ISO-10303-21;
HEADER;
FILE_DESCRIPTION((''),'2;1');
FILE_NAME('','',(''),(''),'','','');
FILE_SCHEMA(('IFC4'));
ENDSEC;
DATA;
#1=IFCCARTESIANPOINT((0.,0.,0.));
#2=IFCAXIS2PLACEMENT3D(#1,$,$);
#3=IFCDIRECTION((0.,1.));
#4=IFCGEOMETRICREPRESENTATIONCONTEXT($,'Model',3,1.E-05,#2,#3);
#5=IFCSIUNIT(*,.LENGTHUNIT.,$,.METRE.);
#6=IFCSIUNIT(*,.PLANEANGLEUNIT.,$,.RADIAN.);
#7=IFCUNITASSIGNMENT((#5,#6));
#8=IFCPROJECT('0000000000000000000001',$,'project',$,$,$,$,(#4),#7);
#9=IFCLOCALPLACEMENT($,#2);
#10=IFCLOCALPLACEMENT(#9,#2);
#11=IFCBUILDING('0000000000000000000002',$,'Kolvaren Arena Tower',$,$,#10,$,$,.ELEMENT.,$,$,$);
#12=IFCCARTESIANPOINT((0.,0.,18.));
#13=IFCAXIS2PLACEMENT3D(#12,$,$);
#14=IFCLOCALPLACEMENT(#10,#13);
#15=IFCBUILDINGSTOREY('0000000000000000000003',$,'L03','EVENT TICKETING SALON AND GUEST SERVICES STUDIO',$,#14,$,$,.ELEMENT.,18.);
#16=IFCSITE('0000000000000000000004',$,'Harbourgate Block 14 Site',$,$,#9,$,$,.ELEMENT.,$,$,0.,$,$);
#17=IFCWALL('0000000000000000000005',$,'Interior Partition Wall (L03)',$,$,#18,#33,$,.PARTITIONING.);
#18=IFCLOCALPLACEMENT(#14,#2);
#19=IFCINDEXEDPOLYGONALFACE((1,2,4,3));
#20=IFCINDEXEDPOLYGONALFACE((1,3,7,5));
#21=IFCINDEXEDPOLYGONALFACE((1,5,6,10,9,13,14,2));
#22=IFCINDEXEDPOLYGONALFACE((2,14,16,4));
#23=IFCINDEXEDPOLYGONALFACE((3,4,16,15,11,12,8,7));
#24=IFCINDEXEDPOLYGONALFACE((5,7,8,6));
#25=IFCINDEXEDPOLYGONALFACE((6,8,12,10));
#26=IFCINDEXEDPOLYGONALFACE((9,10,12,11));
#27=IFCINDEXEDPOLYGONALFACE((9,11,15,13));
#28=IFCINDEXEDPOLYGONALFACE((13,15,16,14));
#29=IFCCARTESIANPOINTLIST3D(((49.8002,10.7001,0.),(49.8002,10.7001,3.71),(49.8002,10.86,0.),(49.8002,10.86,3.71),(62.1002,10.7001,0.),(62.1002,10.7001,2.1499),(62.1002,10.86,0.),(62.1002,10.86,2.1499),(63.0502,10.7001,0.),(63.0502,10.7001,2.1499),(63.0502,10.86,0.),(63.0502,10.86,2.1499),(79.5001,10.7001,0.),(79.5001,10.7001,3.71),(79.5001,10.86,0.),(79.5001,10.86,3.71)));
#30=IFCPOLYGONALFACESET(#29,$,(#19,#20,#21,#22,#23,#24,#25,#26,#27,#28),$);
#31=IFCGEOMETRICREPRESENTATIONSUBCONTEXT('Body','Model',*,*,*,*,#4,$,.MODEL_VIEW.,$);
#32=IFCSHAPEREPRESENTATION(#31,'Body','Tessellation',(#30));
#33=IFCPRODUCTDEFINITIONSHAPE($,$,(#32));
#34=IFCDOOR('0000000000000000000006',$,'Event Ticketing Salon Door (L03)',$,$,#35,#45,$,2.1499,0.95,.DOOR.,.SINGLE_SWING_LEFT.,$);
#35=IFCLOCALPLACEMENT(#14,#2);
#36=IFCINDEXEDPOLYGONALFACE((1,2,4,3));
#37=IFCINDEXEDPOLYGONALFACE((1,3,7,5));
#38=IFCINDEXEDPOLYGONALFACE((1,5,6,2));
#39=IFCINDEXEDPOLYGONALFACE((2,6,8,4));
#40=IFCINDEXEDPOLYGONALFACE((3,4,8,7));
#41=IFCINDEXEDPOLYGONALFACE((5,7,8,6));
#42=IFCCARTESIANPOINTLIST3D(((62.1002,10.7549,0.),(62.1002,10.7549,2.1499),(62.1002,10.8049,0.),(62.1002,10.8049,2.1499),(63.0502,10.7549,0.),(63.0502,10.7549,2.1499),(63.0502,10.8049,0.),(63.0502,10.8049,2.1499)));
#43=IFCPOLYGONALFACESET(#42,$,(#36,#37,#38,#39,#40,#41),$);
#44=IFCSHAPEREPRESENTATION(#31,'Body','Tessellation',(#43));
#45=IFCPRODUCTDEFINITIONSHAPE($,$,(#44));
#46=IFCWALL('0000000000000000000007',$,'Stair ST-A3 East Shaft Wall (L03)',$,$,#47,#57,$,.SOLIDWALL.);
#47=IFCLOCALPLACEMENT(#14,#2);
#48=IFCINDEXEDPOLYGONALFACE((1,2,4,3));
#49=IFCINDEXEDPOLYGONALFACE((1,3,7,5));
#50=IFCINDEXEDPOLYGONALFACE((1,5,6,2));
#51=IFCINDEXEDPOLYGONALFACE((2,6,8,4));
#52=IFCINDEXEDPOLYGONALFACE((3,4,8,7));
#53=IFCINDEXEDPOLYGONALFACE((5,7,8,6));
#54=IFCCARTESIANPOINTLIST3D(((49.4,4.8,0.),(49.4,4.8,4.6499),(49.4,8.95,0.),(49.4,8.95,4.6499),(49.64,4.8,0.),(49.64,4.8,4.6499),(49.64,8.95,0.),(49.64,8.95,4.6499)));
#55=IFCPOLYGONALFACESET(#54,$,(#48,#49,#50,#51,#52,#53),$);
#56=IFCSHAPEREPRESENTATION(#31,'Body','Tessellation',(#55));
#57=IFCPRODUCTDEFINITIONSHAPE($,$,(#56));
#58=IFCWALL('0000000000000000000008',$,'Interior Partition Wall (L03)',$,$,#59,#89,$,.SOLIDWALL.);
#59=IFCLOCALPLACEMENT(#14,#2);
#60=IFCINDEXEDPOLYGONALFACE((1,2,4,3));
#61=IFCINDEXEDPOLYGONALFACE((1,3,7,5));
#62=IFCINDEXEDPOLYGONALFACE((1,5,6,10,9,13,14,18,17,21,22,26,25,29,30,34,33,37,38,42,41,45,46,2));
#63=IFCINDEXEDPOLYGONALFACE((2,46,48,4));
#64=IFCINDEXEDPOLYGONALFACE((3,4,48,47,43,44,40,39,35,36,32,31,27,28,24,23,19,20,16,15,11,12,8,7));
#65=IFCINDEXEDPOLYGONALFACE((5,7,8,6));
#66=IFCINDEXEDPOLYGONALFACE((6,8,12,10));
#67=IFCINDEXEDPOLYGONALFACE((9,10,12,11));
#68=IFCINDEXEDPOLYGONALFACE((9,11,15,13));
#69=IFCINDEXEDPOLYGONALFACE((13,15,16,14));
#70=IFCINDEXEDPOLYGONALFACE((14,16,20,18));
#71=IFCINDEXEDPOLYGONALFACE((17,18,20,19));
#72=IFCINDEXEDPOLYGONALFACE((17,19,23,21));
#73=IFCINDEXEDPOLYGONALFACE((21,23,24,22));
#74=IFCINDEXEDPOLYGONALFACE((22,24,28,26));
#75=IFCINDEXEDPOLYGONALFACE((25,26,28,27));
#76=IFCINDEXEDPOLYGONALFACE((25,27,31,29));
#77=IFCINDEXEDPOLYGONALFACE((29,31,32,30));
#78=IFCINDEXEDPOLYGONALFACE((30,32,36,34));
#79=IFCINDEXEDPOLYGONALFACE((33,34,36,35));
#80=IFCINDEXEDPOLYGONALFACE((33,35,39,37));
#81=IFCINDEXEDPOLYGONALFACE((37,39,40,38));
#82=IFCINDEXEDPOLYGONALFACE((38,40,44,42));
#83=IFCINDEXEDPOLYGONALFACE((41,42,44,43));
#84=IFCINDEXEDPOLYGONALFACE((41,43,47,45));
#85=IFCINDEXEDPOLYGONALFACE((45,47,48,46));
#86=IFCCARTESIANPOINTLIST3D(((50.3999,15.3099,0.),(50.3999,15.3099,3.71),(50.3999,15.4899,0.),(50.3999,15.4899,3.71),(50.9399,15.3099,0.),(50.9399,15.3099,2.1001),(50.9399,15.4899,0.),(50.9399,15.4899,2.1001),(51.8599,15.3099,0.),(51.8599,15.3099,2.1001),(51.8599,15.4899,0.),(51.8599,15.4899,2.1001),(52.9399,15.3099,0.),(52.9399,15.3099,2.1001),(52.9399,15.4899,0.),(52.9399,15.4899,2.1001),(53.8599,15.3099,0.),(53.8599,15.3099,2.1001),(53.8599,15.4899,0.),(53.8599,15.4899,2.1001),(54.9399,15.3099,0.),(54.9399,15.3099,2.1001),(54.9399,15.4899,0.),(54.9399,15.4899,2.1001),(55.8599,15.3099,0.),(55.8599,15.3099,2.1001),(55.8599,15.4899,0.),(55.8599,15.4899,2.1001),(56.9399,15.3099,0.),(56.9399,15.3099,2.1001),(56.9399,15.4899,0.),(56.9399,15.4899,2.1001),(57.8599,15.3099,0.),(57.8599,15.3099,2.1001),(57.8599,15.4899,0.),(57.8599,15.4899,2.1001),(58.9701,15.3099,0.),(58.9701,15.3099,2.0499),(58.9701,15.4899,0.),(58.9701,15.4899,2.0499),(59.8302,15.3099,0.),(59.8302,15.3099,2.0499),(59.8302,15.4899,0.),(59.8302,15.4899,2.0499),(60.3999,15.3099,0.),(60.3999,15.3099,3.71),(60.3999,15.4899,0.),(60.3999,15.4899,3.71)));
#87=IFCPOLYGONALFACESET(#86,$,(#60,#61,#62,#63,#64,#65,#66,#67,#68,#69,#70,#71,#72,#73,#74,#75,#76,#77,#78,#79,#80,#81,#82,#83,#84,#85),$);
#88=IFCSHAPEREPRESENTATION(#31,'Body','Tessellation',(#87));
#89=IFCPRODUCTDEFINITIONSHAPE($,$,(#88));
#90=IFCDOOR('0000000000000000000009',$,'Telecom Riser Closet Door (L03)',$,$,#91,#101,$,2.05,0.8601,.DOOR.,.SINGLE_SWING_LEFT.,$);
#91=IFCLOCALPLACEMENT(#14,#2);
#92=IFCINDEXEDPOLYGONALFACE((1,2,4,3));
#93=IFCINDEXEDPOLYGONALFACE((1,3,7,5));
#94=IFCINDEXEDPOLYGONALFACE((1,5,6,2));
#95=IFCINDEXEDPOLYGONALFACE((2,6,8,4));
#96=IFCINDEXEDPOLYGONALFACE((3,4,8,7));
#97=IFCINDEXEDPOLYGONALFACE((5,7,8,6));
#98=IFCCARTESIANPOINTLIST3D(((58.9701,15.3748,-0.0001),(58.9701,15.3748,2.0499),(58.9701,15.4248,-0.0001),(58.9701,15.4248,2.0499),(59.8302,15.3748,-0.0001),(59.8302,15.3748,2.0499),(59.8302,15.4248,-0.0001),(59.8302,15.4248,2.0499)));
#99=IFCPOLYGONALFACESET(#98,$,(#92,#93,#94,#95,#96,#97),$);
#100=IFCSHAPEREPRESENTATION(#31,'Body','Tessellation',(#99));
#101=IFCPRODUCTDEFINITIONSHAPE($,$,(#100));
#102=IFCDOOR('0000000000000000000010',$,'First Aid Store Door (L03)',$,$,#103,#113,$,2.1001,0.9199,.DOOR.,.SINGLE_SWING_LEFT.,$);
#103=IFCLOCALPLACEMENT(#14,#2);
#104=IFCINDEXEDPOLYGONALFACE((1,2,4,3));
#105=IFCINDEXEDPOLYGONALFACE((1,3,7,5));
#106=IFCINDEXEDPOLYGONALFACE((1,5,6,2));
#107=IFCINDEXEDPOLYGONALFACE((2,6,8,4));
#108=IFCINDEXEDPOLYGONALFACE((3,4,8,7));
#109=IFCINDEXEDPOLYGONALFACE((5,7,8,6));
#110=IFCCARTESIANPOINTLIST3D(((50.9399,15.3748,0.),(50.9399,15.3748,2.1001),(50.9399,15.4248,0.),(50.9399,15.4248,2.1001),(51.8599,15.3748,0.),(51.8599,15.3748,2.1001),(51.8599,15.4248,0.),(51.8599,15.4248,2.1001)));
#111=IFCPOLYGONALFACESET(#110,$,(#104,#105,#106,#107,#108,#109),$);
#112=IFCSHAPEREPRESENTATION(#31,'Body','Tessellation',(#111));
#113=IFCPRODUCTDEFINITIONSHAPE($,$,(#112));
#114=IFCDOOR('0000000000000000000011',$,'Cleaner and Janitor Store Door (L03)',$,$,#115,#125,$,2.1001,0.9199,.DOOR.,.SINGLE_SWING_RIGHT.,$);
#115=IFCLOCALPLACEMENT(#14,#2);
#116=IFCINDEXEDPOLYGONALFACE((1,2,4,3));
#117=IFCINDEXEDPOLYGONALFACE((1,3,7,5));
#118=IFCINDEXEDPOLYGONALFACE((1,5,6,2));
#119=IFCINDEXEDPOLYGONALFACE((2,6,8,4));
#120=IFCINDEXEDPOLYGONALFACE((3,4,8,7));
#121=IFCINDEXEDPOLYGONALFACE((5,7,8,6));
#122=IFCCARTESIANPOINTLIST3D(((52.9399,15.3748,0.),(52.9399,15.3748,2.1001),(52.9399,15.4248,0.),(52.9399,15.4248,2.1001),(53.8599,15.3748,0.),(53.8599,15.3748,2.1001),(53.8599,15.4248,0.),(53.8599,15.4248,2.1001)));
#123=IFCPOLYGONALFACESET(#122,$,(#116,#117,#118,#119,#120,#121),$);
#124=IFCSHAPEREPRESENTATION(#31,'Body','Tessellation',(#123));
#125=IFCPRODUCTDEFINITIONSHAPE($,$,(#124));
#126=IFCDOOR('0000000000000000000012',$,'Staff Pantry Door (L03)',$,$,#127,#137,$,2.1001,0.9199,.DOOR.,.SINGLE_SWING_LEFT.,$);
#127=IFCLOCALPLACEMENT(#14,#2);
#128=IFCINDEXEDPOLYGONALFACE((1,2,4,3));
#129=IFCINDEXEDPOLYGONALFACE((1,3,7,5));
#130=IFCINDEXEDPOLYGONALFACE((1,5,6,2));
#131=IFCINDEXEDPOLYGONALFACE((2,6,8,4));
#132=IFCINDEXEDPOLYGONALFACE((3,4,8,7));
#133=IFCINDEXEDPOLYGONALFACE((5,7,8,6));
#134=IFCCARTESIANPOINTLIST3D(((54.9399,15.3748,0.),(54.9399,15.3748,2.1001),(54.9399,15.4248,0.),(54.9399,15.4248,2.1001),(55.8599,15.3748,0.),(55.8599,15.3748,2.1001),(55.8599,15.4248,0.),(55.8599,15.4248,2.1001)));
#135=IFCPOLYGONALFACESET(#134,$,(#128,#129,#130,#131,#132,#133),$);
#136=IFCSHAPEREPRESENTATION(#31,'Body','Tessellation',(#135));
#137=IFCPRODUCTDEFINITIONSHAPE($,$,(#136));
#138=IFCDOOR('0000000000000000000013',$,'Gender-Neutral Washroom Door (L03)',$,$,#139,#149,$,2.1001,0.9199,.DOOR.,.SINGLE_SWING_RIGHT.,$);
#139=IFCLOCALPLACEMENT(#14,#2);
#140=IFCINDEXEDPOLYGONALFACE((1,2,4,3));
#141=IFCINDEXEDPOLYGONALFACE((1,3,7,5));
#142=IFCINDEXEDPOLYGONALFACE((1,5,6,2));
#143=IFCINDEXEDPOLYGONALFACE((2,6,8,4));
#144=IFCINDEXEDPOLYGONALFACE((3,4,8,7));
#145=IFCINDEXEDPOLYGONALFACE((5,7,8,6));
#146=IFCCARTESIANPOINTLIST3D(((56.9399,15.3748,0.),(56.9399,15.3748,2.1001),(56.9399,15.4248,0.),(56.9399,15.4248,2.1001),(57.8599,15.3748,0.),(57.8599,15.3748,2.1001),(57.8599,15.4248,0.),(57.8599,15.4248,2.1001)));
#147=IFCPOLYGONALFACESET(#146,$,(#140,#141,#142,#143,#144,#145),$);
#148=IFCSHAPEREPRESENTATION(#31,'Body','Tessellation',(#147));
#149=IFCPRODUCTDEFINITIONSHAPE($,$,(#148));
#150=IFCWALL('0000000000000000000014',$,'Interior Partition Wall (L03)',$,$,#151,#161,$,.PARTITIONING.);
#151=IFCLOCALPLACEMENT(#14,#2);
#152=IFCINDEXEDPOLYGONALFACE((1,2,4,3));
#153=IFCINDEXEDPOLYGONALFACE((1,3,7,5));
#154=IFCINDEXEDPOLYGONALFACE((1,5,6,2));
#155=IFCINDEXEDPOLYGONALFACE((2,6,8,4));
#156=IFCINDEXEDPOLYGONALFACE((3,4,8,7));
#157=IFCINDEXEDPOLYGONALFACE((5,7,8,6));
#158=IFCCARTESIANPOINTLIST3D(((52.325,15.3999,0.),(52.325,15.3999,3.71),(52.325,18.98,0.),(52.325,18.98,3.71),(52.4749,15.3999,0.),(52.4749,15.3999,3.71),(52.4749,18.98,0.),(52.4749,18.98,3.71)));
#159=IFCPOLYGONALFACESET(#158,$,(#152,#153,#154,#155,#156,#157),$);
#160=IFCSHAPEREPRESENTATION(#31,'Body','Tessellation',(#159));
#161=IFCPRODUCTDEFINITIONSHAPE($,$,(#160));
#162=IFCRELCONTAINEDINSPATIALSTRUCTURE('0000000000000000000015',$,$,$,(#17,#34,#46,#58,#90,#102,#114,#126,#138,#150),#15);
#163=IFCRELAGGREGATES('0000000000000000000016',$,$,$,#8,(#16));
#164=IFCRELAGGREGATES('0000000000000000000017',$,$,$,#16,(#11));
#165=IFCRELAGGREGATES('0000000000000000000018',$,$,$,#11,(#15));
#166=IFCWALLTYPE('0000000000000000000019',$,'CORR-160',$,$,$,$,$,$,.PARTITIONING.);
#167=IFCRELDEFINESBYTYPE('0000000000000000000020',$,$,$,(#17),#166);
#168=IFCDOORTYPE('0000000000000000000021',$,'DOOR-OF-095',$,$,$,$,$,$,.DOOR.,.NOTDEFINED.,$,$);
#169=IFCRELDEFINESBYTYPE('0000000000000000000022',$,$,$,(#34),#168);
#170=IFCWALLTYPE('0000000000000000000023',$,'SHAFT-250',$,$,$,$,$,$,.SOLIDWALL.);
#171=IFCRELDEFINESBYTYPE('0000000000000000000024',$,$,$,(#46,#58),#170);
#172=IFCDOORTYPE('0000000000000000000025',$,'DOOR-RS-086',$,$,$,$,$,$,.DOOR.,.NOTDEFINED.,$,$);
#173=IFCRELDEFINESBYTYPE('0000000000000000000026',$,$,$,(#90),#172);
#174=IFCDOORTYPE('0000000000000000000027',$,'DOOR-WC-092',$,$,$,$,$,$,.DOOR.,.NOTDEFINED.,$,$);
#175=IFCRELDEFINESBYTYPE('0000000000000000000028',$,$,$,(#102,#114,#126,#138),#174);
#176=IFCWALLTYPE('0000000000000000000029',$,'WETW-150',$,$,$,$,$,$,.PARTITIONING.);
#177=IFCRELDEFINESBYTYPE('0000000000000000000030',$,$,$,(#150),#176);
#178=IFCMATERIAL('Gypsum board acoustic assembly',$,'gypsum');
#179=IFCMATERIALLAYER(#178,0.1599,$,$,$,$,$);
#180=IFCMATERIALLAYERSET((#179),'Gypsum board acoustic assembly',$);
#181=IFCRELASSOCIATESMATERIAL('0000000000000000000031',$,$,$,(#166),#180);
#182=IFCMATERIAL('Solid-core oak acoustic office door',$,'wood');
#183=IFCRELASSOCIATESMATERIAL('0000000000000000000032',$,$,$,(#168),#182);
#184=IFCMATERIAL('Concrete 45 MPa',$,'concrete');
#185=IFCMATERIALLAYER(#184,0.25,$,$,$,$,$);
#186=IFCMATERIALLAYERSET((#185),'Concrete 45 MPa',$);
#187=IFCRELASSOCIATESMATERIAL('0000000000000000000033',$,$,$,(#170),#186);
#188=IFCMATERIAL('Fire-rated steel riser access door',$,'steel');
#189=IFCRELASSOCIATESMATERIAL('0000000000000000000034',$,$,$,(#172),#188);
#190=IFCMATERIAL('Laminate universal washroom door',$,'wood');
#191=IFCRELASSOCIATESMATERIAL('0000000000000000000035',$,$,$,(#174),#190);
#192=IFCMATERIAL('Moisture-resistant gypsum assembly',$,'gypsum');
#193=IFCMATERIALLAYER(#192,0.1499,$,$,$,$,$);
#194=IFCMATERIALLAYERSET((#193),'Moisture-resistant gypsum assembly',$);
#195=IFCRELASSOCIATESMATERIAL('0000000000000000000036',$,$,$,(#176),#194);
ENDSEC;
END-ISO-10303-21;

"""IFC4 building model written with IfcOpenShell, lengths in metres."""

from ifc_helpers import new_model, si_unit, direction, frame, frame_2d, origin, place, context, subcontext, project, spatial, rectangle, extrude, material, layer, layer_set, type_object, element, fill, save


model = new_model("IFC4")

# Units and contexts
model_context = context("Model", 3, precision=1e-05, world=origin(), true_north=direction((0.0, 1.0)))
body_context = subcontext(model_context, "Body", "Model", "MODEL_VIEW")
ifc_project = project(units=[si_unit("LENGTHUNIT", "METRE"), si_unit("PLANEANGLEUNIT", "RADIAN")], contexts=[model_context])

# Site, building, storey
site_placement = place(None, origin())
site = spatial("IfcSite", under=ifc_project, at=site_placement, Name="Harbourgate Block 14 Site", CompositionType="ELEMENT", RefElevation=0.0)
building_placement = place(site_placement, origin())
building = spatial("IfcBuilding", under=site, at=building_placement, Name="Kolvaren Arena Tower", CompositionType="ELEMENT")
storey_placement = place(building_placement, frame((0.0, 0.0, 18.0)))
storey = spatial("IfcBuildingStorey", under=building, at=storey_placement, Name="L03", Description="EVENT TICKETING SALON AND GUEST SERVICES STUDIO", CompositionType="ELEMENT", Elevation=18.0)

# Wall, opening, door
ifc_material_1 = material(Name="Gypsum board acoustic assembly", Category="gypsum")
ifc_layer_1 = layer(ifc_material_1, 0.1599)
ifc_layer_set_1 = layer_set([ifc_layer_1], Name="Gypsum board acoustic assembly")
wall_type_1 = type_object("IfcWallType", Name="CORR-160", PredefinedType="PARTITIONING", material=ifc_layer_set_1)
wall_1_placement = place(storey_placement, frame((49.8, 10.78, 0.0), z_axis=(0.0, 0.0, 1.0), x_axis=(1.0, 0.0, 0.0)))
wall_1 = element("IfcWall", 1, at=wall_1_placement, inside=storey, type_object=wall_type_1, Name="Interior Partition Wall (L03)", PredefinedType="PARTITIONING", context=body_context, shape_type="SweptSolid", body=[
    extrude(rectangle(XDim=29.7, YDim=0.1599, at=frame_2d((14.8501, 0.0))), origin(), (0.0, 0.0, 1.0), 3.71),
])
opening_1_placement = place(wall_1_placement, frame((12.3, 0.0, 0.0)))
opening_1 = element("IfcOpeningElement", 2, at=opening_1_placement, cuts=wall_1, PredefinedType="OPENING", context=body_context, shape_type="SweptSolid", body=[
    extrude(rectangle(XDim=0.95, YDim=2.1499, at=frame_2d((0.4751, 1.075))), frame((0.0, 0.0898, 0.0), z_axis=(0.0, -1.0, 0.0), x_axis=(1.0, 0.0, 0.0)), (0.0, 0.0, 1.0), 0.1799),
])
ifc_material_2 = material(Name="Solid-core oak acoustic office door", Category="wood")
door_type_1 = type_object("IfcDoorType", Name="DOOR-OF-095", OperationType="NOTDEFINED", PredefinedType="DOOR", material=ifc_material_2)
door_1_placement = place(opening_1_placement, origin())
door_1 = element("IfcDoor", 3, at=door_1_placement, inside=storey, type_object=door_type_1, Name="Event Ticketing Salon Door (L03)", OperationType="SINGLE_SWING_LEFT", OverallHeight=2.1499, OverallWidth=0.95, PredefinedType="DOOR", context=body_context, shape_type="SweptSolid", body=[
    extrude(rectangle(XDim=0.95, YDim=2.1499, at=frame_2d((0.4751, 1.075))), frame((0.0, 0.0249, 0.0), z_axis=(0.0, -1.0, 0.0), x_axis=(1.0, 0.0, 0.0)), (0.0, 0.0, 1.0), 0.05),
])
fill(opening_1, door_1)

# Wall
ifc_material_3 = material(Name="Concrete 45 MPa", Category="concrete")
ifc_layer_2 = layer(ifc_material_3, 0.25)
ifc_layer_set_2 = layer_set([ifc_layer_2], Name="Concrete 45 MPa")
wall_type_2 = type_object("IfcWallType", Name="SHAFT-250", PredefinedType="SOLIDWALL", material=ifc_layer_set_2)
wall_2_placement = place(storey_placement, frame((49.52, 4.8, 0.0), z_axis=(0.0, 0.0, 1.0), x_axis=(0.0, 1.0, 0.0)))
element("IfcWall", 4, at=wall_2_placement, inside=storey, type_object=wall_type_2, Name="Stair ST-A3 East Shaft Wall (L03)", PredefinedType="SOLIDWALL", context=body_context, shape_type="SweptSolid", body=[
    extrude(rectangle(XDim=4.1499, YDim=0.24, at=frame_2d((2.075, 0.0))), origin(), (0.0, 0.0, 1.0), 4.6499),
])

# Wall, openings, doors
wall_3_placement = place(storey_placement, frame((50.3999, 15.3999, 0.0), z_axis=(0.0, 0.0, 1.0), x_axis=(1.0, 0.0, 0.0)))
wall_3 = element("IfcWall", 5, at=wall_3_placement, inside=storey, type_object=wall_type_2, Name="Interior Partition Wall (L03)", PredefinedType="SOLIDWALL", context=body_context, shape_type="SweptSolid", body=[
    extrude(rectangle(XDim=10.0, YDim=0.1799, at=frame_2d((5.0, 0.0))), origin(), (0.0, 0.0, 1.0), 3.71),
])
opening_2_placement = place(wall_3_placement, frame((0.54, 0.0, 0.0)))
opening_2 = element("IfcOpeningElement", 6, at=opening_2_placement, cuts=wall_3, PredefinedType="OPENING", context=body_context, shape_type="SweptSolid", body=[
    extrude(rectangle(XDim=0.9199, YDim=2.1001, at=frame_2d((0.46, 1.05))), frame((0.0, 0.0999, 0.0), z_axis=(0.0, -1.0, 0.0), x_axis=(1.0, 0.0, 0.0)), (0.0, 0.0, 1.0), 0.2),
])
opening_3_placement = place(wall_3_placement, frame((2.54, 0.0, 0.0)))
opening_3 = element("IfcOpeningElement", 7, at=opening_3_placement, cuts=wall_3, PredefinedType="OPENING", context=body_context, shape_type="SweptSolid", body=[
    extrude(rectangle(XDim=0.9199, YDim=2.1001, at=frame_2d((0.46, 1.05))), frame((0.0, 0.0999, 0.0), z_axis=(0.0, -1.0, 0.0), x_axis=(1.0, 0.0, 0.0)), (0.0, 0.0, 1.0), 0.2),
])
opening_4_placement = place(wall_3_placement, frame((4.54, 0.0, 0.0)))
opening_4 = element("IfcOpeningElement", 8, at=opening_4_placement, cuts=wall_3, PredefinedType="OPENING", context=body_context, shape_type="SweptSolid", body=[
    extrude(rectangle(XDim=0.9199, YDim=2.1001, at=frame_2d((0.46, 1.05))), frame((0.0, 0.0999, 0.0), z_axis=(0.0, -1.0, 0.0), x_axis=(1.0, 0.0, 0.0)), (0.0, 0.0, 1.0), 0.2),
])
opening_5_placement = place(wall_3_placement, frame((6.54, 0.0, 0.0)))
opening_5 = element("IfcOpeningElement", 9, at=opening_5_placement, cuts=wall_3, PredefinedType="OPENING", context=body_context, shape_type="SweptSolid", body=[
    extrude(rectangle(XDim=0.9199, YDim=2.1001, at=frame_2d((0.46, 1.05))), frame((0.0, 0.0999, 0.0), z_axis=(0.0, -1.0, 0.0), x_axis=(1.0, 0.0, 0.0)), (0.0, 0.0, 1.0), 0.2),
])
opening_6_placement = place(wall_3_placement, frame((8.5701, 0.0, 0.0)))
opening_6 = element("IfcOpeningElement", 10, at=opening_6_placement, cuts=wall_3, PredefinedType="OPENING", context=body_context, shape_type="SweptSolid", body=[
    extrude(rectangle(XDim=0.8601, YDim=2.05, at=frame_2d((0.4302, 1.0249))), frame((0.0, 0.0999, 0.0), z_axis=(0.0, -1.0, 0.0), x_axis=(1.0, 0.0, 0.0)), (0.0, 0.0, 1.0), 0.2),
])
ifc_material_4 = material(Name="Fire-rated steel riser access door", Category="steel")
door_type_2 = type_object("IfcDoorType", Name="DOOR-RS-086", OperationType="NOTDEFINED", PredefinedType="DOOR", material=ifc_material_4)
door_2_placement = place(opening_6_placement, origin())
door_2 = element("IfcDoor", 11, at=door_2_placement, inside=storey, type_object=door_type_2, Name="Telecom Riser Closet Door (L03)", OperationType="SINGLE_SWING_LEFT", OverallHeight=2.05, OverallWidth=0.8601, PredefinedType="DOOR", context=body_context, shape_type="SweptSolid", body=[
    extrude(rectangle(XDim=0.8601, YDim=2.05, at=frame_2d((0.4302, 1.0249))), frame((0.0, 0.0249, 0.0), z_axis=(0.0, -1.0, 0.0), x_axis=(1.0, 0.0, 0.0)), (0.0, 0.0, 1.0), 0.05),
])
fill(opening_6, door_2)
ifc_material_5 = material(Name="Laminate universal washroom door", Category="wood")
door_type_3 = type_object("IfcDoorType", Name="DOOR-WC-092", OperationType="NOTDEFINED", PredefinedType="DOOR", material=ifc_material_5)
door_3_placement = place(opening_2_placement, origin())
door_3 = element("IfcDoor", 12, at=door_3_placement, inside=storey, type_object=door_type_3, Name="First Aid Store Door (L03)", OperationType="SINGLE_SWING_LEFT", OverallHeight=2.1001, OverallWidth=0.9199, PredefinedType="DOOR", context=body_context, shape_type="SweptSolid", body=[
    extrude(rectangle(XDim=0.9199, YDim=2.1001, at=frame_2d((0.46, 1.05))), frame((0.0, 0.0249, 0.0), z_axis=(0.0, -1.0, 0.0), x_axis=(1.0, 0.0, 0.0)), (0.0, 0.0, 1.0), 0.05),
])
fill(opening_2, door_3)
door_4_placement = place(opening_3_placement, origin())
door_4 = element("IfcDoor", 13, at=door_4_placement, inside=storey, type_object=door_type_3, Name="Cleaner and Janitor Store Door (L03)", OperationType="SINGLE_SWING_RIGHT", OverallHeight=2.1001, OverallWidth=0.9199, PredefinedType="DOOR", context=body_context, shape_type="SweptSolid", body=[
    extrude(rectangle(XDim=0.9199, YDim=2.1001, at=frame_2d((0.46, 1.05))), frame((0.0, 0.0249, 0.0), z_axis=(0.0, -1.0, 0.0), x_axis=(1.0, 0.0, 0.0)), (0.0, 0.0, 1.0), 0.05),
])
fill(opening_3, door_4)
door_5_placement = place(opening_4_placement, origin())
door_5 = element("IfcDoor", 14, at=door_5_placement, inside=storey, type_object=door_type_3, Name="Staff Pantry Door (L03)", OperationType="SINGLE_SWING_LEFT", OverallHeight=2.1001, OverallWidth=0.9199, PredefinedType="DOOR", context=body_context, shape_type="SweptSolid", body=[
    extrude(rectangle(XDim=0.9199, YDim=2.1001, at=frame_2d((0.46, 1.05))), frame((0.0, 0.0249, 0.0), z_axis=(0.0, -1.0, 0.0), x_axis=(1.0, 0.0, 0.0)), (0.0, 0.0, 1.0), 0.05),
])
fill(opening_4, door_5)
door_6_placement = place(opening_5_placement, origin())
door_6 = element("IfcDoor", 15, at=door_6_placement, inside=storey, type_object=door_type_3, Name="Gender-Neutral Washroom Door (L03)", OperationType="SINGLE_SWING_RIGHT", OverallHeight=2.1001, OverallWidth=0.9199, PredefinedType="DOOR", context=body_context, shape_type="SweptSolid", body=[
    extrude(rectangle(XDim=0.9199, YDim=2.1001, at=frame_2d((0.46, 1.05))), frame((0.0, 0.0249, 0.0), z_axis=(0.0, -1.0, 0.0), x_axis=(1.0, 0.0, 0.0)), (0.0, 0.0, 1.0), 0.05),
])
fill(opening_5, door_6)

# Wall
ifc_material_6 = material(Name="Moisture-resistant gypsum assembly", Category="gypsum")
ifc_layer_3 = layer(ifc_material_6, 0.1499)
ifc_layer_set_3 = layer_set([ifc_layer_3], Name="Moisture-resistant gypsum assembly")
wall_type_3 = type_object("IfcWallType", Name="WETW-150", PredefinedType="PARTITIONING", material=ifc_layer_set_3)
for number, where, z_axis, x_axis, name in (
    (16, (52.3999, 15.3999, 0.0), (0.0, 0.0, 1.0), (0.0, 1.0, 0.0), "Interior Partition Wall (L03)"),
):
    element("IfcWall", number, at=place(storey_placement, frame(where, z_axis=z_axis, x_axis=x_axis)), inside=storey, type_object=wall_type_3, Name=name, PredefinedType="PARTITIONING", context=body_context, shape_type="SweptSolid", body=[
        extrude(rectangle(XDim=3.5801, YDim=0.1499, at=frame_2d((1.79, 0.0))), origin(), (0.0, 0.0, 1.0), 3.71),
    ])

save(model, "model.ifc")
